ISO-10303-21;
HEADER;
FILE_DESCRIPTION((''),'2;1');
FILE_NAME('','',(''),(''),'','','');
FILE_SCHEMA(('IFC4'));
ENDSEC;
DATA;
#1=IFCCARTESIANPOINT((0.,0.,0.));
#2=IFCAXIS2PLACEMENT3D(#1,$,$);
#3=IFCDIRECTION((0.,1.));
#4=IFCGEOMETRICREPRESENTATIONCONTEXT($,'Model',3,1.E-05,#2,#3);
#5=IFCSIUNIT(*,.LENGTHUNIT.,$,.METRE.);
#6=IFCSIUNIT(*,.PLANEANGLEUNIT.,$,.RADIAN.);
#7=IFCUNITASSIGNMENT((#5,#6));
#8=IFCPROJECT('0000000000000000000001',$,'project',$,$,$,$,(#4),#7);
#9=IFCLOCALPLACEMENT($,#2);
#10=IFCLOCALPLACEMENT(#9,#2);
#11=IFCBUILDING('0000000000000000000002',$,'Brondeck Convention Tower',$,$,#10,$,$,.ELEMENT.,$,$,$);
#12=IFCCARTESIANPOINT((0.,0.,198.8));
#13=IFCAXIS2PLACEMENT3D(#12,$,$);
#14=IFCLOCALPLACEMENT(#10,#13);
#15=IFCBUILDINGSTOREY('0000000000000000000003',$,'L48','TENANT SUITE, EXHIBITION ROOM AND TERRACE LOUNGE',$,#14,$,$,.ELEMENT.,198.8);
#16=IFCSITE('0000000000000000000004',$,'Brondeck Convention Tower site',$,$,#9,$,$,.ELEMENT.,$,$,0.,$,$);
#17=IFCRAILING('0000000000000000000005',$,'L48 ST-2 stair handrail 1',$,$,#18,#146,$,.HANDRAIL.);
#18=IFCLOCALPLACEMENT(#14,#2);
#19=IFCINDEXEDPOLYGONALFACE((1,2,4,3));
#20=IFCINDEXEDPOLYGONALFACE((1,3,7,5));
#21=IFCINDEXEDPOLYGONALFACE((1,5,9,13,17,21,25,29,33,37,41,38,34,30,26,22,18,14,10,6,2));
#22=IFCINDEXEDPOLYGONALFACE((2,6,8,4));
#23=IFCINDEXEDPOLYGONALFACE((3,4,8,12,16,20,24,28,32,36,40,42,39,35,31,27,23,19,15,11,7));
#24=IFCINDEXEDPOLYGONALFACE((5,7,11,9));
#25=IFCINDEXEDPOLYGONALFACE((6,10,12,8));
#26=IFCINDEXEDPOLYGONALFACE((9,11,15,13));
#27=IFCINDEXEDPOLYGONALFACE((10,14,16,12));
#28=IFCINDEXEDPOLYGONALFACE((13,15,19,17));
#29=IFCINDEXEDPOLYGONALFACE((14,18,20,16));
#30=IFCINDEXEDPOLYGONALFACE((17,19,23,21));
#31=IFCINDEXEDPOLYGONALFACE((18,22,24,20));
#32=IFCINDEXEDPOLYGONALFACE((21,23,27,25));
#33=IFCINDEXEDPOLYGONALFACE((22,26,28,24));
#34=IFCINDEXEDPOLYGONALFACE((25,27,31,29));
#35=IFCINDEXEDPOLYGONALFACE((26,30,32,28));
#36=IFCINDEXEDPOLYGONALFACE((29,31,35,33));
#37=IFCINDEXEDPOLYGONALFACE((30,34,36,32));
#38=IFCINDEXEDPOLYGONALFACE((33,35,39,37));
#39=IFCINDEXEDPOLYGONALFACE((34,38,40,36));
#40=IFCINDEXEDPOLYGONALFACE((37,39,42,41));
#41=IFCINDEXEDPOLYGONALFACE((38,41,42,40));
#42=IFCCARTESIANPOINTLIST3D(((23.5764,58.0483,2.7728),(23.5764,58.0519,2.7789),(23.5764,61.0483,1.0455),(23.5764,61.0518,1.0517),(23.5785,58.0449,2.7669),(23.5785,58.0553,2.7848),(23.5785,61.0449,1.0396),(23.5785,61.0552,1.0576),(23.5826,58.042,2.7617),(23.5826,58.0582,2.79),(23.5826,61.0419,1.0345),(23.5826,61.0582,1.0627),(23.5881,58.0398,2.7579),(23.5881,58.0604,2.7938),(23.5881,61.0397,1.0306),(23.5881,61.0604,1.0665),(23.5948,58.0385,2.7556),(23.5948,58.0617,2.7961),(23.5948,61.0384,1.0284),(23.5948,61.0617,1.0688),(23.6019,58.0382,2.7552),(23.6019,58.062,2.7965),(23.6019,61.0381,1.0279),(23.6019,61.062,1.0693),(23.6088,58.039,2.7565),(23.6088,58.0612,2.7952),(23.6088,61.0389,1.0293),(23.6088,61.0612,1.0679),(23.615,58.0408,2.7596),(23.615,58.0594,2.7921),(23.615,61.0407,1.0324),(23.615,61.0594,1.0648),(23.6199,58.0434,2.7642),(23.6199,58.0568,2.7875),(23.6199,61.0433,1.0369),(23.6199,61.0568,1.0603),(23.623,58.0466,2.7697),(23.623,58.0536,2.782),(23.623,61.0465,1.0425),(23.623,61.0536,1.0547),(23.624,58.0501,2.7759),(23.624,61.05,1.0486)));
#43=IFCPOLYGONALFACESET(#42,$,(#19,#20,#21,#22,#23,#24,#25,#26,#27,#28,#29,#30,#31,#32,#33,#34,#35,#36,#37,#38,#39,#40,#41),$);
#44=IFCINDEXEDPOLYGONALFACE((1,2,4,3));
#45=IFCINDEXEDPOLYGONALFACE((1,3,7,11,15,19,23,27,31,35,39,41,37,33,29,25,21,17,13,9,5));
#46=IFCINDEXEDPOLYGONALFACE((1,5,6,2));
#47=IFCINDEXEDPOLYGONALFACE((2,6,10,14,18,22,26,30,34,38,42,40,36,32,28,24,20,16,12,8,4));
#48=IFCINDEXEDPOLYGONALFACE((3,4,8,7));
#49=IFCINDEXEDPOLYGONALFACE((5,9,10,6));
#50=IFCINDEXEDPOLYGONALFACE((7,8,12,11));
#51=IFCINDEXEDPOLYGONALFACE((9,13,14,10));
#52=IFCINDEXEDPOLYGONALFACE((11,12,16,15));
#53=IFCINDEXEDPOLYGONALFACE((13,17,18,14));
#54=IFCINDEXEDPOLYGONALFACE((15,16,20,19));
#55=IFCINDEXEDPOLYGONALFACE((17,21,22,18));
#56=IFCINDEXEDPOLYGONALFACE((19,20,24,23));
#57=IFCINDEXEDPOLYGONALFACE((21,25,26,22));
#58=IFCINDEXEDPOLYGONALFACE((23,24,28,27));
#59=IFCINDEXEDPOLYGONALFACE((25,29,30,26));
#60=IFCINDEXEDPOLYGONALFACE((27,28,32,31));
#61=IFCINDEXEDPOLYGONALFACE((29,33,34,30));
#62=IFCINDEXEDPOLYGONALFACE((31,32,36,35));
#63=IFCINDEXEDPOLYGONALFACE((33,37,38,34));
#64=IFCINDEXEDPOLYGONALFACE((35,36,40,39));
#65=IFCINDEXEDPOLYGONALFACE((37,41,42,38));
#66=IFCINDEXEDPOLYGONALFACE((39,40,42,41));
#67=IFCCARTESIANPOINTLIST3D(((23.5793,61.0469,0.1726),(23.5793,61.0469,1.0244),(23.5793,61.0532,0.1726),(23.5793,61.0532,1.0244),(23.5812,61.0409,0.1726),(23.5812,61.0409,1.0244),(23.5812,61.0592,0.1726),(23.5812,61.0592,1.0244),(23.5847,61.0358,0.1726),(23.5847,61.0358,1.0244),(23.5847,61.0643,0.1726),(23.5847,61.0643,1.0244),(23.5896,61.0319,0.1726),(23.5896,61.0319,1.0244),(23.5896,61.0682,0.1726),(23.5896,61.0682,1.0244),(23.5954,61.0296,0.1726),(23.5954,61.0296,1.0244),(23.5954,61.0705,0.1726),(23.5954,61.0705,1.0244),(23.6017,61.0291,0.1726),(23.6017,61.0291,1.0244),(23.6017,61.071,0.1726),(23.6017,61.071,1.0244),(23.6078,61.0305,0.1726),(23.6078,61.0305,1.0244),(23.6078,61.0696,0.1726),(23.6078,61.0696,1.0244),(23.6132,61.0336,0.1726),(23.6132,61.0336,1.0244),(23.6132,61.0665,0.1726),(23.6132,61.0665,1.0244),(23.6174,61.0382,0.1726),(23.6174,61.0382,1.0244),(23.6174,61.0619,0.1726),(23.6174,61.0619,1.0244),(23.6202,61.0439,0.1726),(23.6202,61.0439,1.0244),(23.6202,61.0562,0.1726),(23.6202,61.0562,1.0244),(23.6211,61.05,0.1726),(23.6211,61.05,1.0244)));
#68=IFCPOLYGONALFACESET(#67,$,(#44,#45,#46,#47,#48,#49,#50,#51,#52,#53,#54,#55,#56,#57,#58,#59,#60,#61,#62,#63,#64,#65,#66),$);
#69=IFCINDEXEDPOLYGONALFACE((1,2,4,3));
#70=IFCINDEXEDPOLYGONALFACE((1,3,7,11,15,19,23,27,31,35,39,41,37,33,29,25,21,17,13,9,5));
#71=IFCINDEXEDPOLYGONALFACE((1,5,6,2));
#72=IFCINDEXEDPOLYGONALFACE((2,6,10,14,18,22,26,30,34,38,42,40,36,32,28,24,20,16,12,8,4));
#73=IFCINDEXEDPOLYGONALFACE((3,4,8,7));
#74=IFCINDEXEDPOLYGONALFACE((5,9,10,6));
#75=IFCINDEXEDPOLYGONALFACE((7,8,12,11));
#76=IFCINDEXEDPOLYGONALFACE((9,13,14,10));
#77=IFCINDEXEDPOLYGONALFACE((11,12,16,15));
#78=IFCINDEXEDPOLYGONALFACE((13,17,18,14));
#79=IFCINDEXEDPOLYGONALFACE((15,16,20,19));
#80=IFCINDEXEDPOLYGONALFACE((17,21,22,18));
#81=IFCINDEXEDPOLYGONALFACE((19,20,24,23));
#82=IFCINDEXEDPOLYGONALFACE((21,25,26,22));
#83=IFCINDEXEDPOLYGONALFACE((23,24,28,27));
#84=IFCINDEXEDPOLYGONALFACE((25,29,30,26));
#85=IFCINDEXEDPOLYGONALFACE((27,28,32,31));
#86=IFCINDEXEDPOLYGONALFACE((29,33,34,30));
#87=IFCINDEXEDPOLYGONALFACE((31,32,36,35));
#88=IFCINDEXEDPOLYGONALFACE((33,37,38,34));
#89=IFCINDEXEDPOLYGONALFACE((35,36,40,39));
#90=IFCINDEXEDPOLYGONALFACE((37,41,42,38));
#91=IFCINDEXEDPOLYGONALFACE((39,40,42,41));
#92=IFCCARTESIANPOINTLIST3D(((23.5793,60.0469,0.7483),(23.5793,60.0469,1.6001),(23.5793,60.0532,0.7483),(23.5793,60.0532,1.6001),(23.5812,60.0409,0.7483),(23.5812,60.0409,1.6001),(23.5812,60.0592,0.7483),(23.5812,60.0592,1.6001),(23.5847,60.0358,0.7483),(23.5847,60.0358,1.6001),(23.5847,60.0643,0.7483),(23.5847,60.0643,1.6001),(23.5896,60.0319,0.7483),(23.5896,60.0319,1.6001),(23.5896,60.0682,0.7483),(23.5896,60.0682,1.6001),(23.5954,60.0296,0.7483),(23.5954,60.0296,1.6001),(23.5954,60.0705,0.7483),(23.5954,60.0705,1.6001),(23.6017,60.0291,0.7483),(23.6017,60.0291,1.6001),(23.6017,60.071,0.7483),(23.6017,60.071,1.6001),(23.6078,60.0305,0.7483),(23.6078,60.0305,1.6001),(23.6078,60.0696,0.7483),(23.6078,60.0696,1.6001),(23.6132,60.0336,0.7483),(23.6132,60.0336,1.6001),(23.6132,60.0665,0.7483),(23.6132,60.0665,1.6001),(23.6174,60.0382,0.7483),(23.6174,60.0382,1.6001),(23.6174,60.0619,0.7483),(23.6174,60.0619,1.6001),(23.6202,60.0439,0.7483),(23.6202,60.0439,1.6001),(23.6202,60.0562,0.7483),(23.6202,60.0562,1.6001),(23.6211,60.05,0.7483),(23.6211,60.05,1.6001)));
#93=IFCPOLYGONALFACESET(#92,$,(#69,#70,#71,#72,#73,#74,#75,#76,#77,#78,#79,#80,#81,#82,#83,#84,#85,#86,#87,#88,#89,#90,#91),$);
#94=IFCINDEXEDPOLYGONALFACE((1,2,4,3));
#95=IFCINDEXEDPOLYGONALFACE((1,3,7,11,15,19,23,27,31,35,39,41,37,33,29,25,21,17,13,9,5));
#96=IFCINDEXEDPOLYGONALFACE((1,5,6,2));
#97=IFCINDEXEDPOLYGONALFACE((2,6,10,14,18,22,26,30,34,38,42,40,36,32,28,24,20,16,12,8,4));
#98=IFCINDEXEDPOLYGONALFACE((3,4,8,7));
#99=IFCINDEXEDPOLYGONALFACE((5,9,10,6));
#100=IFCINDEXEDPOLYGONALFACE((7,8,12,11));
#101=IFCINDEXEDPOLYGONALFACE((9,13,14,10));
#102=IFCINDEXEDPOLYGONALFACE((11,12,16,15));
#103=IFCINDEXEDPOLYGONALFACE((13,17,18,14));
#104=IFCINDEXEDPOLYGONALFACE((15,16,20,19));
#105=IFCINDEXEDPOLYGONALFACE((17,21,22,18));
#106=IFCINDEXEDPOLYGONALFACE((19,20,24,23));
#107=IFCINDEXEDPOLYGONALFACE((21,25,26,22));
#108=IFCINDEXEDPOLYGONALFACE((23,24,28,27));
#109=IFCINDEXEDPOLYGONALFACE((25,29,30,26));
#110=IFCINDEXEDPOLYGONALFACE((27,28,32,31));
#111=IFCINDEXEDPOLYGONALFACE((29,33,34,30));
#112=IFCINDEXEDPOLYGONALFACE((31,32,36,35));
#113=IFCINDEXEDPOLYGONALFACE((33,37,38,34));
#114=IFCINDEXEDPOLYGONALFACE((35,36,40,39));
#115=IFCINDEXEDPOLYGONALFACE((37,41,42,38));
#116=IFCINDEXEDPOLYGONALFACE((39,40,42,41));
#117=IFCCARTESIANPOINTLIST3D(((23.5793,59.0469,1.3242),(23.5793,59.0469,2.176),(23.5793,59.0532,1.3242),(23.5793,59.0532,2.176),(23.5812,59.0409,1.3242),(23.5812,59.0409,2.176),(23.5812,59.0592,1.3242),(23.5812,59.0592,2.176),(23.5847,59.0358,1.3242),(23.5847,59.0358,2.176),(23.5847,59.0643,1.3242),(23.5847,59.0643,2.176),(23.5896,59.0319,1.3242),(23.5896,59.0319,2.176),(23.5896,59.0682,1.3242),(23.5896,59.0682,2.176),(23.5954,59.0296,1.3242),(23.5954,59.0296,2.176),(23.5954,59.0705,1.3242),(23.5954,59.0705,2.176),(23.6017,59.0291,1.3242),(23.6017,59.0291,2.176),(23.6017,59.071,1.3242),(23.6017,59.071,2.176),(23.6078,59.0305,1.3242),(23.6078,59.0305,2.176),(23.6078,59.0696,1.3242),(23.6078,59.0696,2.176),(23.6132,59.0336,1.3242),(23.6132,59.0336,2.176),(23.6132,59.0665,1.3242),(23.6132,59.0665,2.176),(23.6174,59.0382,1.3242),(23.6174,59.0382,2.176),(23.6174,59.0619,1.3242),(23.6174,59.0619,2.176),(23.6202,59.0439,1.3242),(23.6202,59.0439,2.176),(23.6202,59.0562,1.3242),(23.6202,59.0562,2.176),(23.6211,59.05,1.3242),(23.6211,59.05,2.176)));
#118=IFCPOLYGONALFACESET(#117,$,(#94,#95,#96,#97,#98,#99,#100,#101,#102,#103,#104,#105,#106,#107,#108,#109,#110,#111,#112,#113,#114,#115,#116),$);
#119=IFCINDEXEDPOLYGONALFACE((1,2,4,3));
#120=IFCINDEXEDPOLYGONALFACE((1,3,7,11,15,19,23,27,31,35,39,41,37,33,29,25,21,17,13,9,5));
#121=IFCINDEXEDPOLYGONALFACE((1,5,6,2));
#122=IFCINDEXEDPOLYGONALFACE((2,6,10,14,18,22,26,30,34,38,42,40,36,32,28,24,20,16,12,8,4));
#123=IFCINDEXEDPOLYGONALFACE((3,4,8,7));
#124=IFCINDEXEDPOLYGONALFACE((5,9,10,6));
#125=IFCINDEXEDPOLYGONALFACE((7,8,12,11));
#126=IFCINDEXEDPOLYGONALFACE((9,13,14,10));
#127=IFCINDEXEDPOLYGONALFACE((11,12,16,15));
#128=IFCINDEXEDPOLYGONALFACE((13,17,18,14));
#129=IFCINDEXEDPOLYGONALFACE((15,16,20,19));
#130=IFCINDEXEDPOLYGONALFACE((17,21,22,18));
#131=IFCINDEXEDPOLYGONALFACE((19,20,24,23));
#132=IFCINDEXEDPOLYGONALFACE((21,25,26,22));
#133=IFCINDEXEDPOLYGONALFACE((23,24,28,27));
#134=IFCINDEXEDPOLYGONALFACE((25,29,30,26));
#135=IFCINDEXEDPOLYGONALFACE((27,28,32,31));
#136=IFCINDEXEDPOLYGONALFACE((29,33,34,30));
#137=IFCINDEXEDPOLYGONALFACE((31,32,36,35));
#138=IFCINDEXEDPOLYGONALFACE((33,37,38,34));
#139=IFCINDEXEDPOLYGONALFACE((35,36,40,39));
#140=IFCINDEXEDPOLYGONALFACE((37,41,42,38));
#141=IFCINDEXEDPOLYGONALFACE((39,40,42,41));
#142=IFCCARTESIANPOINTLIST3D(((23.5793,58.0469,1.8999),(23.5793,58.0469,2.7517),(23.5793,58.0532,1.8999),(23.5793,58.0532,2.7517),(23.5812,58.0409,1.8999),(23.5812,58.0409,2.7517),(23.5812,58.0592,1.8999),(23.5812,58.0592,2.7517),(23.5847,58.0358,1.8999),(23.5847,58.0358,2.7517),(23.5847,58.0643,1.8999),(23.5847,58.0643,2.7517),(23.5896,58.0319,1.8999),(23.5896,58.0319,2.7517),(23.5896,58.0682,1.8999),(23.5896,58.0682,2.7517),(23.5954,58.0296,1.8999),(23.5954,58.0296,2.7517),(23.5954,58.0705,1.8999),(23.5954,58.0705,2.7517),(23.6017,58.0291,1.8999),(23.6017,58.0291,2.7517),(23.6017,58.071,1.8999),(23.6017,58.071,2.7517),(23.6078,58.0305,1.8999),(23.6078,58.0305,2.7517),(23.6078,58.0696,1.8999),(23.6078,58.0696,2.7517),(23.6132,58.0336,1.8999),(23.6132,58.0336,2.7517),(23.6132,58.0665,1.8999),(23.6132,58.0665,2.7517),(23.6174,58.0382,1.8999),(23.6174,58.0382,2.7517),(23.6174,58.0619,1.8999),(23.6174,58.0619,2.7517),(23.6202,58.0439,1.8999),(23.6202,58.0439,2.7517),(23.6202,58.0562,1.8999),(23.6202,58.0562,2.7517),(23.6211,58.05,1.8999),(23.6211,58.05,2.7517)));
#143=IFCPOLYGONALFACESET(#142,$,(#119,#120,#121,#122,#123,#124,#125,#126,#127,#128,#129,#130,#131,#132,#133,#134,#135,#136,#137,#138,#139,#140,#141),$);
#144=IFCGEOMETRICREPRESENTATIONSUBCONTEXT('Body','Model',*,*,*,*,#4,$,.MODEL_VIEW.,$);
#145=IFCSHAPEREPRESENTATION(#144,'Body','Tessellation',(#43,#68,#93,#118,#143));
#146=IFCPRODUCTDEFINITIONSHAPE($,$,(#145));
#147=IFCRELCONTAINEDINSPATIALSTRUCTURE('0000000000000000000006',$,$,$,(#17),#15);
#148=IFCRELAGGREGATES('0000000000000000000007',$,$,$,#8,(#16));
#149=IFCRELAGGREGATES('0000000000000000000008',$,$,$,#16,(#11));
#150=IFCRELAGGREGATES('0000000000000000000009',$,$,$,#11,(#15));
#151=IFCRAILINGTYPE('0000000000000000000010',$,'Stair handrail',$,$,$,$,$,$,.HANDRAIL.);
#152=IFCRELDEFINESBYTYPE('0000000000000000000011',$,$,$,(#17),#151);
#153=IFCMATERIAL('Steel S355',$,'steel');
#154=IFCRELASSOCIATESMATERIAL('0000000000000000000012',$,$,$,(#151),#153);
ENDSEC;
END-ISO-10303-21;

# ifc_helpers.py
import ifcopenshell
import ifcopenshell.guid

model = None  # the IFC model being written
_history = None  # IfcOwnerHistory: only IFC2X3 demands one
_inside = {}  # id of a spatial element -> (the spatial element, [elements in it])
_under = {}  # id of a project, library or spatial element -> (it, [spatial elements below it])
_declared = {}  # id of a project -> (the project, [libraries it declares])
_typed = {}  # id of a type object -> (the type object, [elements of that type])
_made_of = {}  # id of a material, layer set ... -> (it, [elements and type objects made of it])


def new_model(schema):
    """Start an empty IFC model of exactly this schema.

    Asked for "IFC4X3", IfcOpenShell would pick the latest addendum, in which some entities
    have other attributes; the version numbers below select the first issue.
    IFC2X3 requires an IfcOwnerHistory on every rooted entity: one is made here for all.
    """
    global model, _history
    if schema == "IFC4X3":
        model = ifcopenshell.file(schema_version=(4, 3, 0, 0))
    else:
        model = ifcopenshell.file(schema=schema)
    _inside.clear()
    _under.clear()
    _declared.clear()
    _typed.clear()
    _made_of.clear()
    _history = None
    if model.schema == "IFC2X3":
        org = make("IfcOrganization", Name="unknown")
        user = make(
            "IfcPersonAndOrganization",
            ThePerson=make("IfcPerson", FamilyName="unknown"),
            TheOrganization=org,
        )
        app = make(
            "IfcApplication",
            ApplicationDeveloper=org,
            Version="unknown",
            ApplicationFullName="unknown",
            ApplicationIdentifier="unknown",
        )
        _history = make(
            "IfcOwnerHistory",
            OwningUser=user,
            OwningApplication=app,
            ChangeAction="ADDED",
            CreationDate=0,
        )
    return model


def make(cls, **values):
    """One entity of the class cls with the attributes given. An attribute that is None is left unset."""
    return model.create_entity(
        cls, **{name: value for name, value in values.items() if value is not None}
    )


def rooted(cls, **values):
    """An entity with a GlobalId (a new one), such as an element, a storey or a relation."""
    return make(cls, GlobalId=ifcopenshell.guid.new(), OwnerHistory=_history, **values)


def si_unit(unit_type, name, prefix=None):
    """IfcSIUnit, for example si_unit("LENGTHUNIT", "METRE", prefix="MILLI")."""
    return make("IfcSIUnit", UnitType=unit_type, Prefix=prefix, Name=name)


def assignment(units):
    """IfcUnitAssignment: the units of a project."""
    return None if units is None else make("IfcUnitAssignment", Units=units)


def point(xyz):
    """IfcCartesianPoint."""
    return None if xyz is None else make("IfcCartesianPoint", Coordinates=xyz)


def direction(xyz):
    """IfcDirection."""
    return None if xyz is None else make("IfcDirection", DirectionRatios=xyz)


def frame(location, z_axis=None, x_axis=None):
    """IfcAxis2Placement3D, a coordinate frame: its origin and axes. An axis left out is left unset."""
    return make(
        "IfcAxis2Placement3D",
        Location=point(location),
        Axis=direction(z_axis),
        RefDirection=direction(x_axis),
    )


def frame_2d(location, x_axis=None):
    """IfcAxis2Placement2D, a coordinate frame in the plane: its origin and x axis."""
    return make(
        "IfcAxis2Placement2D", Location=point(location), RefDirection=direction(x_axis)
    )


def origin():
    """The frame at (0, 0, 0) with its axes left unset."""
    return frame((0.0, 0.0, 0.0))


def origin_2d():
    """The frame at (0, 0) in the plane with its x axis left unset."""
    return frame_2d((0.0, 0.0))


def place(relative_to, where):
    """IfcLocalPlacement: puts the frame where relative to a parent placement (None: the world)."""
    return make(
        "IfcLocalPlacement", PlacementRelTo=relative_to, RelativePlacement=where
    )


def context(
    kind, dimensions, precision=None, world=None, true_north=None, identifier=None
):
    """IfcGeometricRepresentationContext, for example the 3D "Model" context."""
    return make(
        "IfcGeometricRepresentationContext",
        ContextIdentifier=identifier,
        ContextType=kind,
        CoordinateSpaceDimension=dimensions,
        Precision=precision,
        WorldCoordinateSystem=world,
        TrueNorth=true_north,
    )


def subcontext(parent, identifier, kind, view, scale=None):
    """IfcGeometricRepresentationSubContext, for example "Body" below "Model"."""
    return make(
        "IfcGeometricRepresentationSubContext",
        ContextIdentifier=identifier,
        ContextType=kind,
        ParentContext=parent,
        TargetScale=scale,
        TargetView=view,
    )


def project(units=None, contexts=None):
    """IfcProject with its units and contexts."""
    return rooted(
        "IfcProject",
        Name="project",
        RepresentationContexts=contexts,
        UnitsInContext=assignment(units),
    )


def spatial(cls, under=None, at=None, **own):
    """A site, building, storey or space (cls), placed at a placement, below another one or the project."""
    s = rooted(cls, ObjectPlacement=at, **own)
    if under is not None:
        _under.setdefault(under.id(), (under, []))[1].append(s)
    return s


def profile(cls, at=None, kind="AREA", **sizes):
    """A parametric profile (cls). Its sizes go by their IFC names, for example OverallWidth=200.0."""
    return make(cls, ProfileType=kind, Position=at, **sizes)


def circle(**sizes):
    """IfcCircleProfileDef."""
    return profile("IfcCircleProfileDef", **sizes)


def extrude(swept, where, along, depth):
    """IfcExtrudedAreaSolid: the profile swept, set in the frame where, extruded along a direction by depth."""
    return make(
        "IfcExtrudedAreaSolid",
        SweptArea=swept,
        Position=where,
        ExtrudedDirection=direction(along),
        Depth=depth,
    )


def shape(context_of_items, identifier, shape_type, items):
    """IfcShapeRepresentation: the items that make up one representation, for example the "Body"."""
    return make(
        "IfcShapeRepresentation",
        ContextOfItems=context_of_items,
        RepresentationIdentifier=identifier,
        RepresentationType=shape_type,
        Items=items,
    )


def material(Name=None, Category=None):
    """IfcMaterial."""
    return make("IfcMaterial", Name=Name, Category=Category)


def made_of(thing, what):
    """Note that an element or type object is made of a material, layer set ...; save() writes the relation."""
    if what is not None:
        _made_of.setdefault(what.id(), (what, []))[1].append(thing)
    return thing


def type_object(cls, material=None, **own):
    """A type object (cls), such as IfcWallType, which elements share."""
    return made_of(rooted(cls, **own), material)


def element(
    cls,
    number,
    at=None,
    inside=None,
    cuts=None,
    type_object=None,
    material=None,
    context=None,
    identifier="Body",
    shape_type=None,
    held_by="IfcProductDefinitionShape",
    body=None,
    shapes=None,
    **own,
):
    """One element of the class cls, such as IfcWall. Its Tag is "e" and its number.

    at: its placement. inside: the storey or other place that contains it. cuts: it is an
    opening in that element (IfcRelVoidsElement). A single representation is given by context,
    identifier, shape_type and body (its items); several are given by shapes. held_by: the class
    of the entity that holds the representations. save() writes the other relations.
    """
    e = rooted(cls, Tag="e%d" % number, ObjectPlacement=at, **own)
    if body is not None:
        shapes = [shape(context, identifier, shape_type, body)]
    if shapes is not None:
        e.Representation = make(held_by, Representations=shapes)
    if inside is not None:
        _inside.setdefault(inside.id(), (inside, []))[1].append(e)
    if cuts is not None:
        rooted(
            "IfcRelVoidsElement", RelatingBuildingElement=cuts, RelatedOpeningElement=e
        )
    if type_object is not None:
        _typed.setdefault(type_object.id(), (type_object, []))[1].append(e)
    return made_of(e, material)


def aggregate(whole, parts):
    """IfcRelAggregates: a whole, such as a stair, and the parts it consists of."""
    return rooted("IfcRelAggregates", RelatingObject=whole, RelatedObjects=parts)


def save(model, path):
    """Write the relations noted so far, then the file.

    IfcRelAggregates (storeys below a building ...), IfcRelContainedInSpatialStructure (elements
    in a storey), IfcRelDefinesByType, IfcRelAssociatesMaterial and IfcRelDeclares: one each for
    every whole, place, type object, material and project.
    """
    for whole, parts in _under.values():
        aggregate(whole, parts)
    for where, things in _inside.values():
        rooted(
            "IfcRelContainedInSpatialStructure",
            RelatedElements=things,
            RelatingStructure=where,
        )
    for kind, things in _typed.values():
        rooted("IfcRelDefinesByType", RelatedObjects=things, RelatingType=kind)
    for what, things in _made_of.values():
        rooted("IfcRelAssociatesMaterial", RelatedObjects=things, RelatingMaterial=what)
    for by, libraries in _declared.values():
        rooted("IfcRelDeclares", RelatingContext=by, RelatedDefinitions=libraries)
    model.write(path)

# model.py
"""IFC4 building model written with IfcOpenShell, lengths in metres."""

from ifc_helpers import new_model, si_unit, direction, frame, origin, origin_2d, place, context, subcontext, project, spatial, circle, extrude, material, type_object, element, save


model = new_model("IFC4")

# Units and contexts
model_context = context("Model", 3, precision=1e-05, world=origin(), true_north=direction((0.0, 1.0)))
body_context = subcontext(model_context, "Body", "Model", "MODEL_VIEW")
ifc_project = project(units=[si_unit("LENGTHUNIT", "METRE"), si_unit("PLANEANGLEUNIT", "RADIAN")], contexts=[model_context])

# Site, building, storey
site_placement = place(None, origin())
site = spatial("IfcSite", under=ifc_project, at=site_placement, Name="Brondeck Convention Tower site", CompositionType="ELEMENT", RefElevation=0.0)
building_placement = place(site_placement, origin())
building = spatial("IfcBuilding", under=site, at=building_placement, Name="Brondeck Convention Tower", CompositionType="ELEMENT")
storey_placement = place(building_placement, frame((0.0, 0.0, 198.8)))
storey = spatial("IfcBuildingStorey", under=building, at=storey_placement, Name="L48", Description="TENANT SUITE, EXHIBITION ROOM AND TERRACE LOUNGE", CompositionType="ELEMENT", Elevation=198.8)

# Shared definitions
ifc_material_1 = material(Name="Steel S355", Category="steel")

# Railing
railing_type_1 = type_object("IfcRailingType", Name="Stair handrail", PredefinedType="HANDRAIL", material=ifc_material_1)
railing_1_placement = place(storey_placement, frame((23.6001, 61.05, 0.1726)))
element("IfcRailing", 1, at=railing_1_placement, inside=storey, type_object=railing_type_1, Name="L48 ST-2 stair handrail 1", PredefinedType="HANDRAIL", context=body_context, shape_type="SweptSolid", body=[
    extrude(circle(Radius=0.0239, at=origin_2d()), frame((0.0, 0.0, 0.876), z_axis=(0.0, -0.86662, 0.498969), x_axis=(1.0, 0.0, 0.0)), (0.0, 0.0, 1.0), 3.4617),
    extrude(circle(Radius=0.021, at=origin_2d()), origin(), (0.0, 0.0, 1.0), 0.8518),
    extrude(circle(Radius=0.021, at=origin_2d()), frame((0.0, -1.0, 0.5757)), (0.0, 0.0, 1.0), 0.8518),
    extrude(circle(Radius=0.021, at=origin_2d()), frame((0.0, -2.0, 1.1516)), (0.0, 0.0, 1.0), 0.8518),
    extrude(circle(Radius=0.021, at=origin_2d()), frame((0.0, -3.0, 1.7273)), (0.0, 0.0, 1.0), 0.8518),
])

save(model, "model.ifc")
